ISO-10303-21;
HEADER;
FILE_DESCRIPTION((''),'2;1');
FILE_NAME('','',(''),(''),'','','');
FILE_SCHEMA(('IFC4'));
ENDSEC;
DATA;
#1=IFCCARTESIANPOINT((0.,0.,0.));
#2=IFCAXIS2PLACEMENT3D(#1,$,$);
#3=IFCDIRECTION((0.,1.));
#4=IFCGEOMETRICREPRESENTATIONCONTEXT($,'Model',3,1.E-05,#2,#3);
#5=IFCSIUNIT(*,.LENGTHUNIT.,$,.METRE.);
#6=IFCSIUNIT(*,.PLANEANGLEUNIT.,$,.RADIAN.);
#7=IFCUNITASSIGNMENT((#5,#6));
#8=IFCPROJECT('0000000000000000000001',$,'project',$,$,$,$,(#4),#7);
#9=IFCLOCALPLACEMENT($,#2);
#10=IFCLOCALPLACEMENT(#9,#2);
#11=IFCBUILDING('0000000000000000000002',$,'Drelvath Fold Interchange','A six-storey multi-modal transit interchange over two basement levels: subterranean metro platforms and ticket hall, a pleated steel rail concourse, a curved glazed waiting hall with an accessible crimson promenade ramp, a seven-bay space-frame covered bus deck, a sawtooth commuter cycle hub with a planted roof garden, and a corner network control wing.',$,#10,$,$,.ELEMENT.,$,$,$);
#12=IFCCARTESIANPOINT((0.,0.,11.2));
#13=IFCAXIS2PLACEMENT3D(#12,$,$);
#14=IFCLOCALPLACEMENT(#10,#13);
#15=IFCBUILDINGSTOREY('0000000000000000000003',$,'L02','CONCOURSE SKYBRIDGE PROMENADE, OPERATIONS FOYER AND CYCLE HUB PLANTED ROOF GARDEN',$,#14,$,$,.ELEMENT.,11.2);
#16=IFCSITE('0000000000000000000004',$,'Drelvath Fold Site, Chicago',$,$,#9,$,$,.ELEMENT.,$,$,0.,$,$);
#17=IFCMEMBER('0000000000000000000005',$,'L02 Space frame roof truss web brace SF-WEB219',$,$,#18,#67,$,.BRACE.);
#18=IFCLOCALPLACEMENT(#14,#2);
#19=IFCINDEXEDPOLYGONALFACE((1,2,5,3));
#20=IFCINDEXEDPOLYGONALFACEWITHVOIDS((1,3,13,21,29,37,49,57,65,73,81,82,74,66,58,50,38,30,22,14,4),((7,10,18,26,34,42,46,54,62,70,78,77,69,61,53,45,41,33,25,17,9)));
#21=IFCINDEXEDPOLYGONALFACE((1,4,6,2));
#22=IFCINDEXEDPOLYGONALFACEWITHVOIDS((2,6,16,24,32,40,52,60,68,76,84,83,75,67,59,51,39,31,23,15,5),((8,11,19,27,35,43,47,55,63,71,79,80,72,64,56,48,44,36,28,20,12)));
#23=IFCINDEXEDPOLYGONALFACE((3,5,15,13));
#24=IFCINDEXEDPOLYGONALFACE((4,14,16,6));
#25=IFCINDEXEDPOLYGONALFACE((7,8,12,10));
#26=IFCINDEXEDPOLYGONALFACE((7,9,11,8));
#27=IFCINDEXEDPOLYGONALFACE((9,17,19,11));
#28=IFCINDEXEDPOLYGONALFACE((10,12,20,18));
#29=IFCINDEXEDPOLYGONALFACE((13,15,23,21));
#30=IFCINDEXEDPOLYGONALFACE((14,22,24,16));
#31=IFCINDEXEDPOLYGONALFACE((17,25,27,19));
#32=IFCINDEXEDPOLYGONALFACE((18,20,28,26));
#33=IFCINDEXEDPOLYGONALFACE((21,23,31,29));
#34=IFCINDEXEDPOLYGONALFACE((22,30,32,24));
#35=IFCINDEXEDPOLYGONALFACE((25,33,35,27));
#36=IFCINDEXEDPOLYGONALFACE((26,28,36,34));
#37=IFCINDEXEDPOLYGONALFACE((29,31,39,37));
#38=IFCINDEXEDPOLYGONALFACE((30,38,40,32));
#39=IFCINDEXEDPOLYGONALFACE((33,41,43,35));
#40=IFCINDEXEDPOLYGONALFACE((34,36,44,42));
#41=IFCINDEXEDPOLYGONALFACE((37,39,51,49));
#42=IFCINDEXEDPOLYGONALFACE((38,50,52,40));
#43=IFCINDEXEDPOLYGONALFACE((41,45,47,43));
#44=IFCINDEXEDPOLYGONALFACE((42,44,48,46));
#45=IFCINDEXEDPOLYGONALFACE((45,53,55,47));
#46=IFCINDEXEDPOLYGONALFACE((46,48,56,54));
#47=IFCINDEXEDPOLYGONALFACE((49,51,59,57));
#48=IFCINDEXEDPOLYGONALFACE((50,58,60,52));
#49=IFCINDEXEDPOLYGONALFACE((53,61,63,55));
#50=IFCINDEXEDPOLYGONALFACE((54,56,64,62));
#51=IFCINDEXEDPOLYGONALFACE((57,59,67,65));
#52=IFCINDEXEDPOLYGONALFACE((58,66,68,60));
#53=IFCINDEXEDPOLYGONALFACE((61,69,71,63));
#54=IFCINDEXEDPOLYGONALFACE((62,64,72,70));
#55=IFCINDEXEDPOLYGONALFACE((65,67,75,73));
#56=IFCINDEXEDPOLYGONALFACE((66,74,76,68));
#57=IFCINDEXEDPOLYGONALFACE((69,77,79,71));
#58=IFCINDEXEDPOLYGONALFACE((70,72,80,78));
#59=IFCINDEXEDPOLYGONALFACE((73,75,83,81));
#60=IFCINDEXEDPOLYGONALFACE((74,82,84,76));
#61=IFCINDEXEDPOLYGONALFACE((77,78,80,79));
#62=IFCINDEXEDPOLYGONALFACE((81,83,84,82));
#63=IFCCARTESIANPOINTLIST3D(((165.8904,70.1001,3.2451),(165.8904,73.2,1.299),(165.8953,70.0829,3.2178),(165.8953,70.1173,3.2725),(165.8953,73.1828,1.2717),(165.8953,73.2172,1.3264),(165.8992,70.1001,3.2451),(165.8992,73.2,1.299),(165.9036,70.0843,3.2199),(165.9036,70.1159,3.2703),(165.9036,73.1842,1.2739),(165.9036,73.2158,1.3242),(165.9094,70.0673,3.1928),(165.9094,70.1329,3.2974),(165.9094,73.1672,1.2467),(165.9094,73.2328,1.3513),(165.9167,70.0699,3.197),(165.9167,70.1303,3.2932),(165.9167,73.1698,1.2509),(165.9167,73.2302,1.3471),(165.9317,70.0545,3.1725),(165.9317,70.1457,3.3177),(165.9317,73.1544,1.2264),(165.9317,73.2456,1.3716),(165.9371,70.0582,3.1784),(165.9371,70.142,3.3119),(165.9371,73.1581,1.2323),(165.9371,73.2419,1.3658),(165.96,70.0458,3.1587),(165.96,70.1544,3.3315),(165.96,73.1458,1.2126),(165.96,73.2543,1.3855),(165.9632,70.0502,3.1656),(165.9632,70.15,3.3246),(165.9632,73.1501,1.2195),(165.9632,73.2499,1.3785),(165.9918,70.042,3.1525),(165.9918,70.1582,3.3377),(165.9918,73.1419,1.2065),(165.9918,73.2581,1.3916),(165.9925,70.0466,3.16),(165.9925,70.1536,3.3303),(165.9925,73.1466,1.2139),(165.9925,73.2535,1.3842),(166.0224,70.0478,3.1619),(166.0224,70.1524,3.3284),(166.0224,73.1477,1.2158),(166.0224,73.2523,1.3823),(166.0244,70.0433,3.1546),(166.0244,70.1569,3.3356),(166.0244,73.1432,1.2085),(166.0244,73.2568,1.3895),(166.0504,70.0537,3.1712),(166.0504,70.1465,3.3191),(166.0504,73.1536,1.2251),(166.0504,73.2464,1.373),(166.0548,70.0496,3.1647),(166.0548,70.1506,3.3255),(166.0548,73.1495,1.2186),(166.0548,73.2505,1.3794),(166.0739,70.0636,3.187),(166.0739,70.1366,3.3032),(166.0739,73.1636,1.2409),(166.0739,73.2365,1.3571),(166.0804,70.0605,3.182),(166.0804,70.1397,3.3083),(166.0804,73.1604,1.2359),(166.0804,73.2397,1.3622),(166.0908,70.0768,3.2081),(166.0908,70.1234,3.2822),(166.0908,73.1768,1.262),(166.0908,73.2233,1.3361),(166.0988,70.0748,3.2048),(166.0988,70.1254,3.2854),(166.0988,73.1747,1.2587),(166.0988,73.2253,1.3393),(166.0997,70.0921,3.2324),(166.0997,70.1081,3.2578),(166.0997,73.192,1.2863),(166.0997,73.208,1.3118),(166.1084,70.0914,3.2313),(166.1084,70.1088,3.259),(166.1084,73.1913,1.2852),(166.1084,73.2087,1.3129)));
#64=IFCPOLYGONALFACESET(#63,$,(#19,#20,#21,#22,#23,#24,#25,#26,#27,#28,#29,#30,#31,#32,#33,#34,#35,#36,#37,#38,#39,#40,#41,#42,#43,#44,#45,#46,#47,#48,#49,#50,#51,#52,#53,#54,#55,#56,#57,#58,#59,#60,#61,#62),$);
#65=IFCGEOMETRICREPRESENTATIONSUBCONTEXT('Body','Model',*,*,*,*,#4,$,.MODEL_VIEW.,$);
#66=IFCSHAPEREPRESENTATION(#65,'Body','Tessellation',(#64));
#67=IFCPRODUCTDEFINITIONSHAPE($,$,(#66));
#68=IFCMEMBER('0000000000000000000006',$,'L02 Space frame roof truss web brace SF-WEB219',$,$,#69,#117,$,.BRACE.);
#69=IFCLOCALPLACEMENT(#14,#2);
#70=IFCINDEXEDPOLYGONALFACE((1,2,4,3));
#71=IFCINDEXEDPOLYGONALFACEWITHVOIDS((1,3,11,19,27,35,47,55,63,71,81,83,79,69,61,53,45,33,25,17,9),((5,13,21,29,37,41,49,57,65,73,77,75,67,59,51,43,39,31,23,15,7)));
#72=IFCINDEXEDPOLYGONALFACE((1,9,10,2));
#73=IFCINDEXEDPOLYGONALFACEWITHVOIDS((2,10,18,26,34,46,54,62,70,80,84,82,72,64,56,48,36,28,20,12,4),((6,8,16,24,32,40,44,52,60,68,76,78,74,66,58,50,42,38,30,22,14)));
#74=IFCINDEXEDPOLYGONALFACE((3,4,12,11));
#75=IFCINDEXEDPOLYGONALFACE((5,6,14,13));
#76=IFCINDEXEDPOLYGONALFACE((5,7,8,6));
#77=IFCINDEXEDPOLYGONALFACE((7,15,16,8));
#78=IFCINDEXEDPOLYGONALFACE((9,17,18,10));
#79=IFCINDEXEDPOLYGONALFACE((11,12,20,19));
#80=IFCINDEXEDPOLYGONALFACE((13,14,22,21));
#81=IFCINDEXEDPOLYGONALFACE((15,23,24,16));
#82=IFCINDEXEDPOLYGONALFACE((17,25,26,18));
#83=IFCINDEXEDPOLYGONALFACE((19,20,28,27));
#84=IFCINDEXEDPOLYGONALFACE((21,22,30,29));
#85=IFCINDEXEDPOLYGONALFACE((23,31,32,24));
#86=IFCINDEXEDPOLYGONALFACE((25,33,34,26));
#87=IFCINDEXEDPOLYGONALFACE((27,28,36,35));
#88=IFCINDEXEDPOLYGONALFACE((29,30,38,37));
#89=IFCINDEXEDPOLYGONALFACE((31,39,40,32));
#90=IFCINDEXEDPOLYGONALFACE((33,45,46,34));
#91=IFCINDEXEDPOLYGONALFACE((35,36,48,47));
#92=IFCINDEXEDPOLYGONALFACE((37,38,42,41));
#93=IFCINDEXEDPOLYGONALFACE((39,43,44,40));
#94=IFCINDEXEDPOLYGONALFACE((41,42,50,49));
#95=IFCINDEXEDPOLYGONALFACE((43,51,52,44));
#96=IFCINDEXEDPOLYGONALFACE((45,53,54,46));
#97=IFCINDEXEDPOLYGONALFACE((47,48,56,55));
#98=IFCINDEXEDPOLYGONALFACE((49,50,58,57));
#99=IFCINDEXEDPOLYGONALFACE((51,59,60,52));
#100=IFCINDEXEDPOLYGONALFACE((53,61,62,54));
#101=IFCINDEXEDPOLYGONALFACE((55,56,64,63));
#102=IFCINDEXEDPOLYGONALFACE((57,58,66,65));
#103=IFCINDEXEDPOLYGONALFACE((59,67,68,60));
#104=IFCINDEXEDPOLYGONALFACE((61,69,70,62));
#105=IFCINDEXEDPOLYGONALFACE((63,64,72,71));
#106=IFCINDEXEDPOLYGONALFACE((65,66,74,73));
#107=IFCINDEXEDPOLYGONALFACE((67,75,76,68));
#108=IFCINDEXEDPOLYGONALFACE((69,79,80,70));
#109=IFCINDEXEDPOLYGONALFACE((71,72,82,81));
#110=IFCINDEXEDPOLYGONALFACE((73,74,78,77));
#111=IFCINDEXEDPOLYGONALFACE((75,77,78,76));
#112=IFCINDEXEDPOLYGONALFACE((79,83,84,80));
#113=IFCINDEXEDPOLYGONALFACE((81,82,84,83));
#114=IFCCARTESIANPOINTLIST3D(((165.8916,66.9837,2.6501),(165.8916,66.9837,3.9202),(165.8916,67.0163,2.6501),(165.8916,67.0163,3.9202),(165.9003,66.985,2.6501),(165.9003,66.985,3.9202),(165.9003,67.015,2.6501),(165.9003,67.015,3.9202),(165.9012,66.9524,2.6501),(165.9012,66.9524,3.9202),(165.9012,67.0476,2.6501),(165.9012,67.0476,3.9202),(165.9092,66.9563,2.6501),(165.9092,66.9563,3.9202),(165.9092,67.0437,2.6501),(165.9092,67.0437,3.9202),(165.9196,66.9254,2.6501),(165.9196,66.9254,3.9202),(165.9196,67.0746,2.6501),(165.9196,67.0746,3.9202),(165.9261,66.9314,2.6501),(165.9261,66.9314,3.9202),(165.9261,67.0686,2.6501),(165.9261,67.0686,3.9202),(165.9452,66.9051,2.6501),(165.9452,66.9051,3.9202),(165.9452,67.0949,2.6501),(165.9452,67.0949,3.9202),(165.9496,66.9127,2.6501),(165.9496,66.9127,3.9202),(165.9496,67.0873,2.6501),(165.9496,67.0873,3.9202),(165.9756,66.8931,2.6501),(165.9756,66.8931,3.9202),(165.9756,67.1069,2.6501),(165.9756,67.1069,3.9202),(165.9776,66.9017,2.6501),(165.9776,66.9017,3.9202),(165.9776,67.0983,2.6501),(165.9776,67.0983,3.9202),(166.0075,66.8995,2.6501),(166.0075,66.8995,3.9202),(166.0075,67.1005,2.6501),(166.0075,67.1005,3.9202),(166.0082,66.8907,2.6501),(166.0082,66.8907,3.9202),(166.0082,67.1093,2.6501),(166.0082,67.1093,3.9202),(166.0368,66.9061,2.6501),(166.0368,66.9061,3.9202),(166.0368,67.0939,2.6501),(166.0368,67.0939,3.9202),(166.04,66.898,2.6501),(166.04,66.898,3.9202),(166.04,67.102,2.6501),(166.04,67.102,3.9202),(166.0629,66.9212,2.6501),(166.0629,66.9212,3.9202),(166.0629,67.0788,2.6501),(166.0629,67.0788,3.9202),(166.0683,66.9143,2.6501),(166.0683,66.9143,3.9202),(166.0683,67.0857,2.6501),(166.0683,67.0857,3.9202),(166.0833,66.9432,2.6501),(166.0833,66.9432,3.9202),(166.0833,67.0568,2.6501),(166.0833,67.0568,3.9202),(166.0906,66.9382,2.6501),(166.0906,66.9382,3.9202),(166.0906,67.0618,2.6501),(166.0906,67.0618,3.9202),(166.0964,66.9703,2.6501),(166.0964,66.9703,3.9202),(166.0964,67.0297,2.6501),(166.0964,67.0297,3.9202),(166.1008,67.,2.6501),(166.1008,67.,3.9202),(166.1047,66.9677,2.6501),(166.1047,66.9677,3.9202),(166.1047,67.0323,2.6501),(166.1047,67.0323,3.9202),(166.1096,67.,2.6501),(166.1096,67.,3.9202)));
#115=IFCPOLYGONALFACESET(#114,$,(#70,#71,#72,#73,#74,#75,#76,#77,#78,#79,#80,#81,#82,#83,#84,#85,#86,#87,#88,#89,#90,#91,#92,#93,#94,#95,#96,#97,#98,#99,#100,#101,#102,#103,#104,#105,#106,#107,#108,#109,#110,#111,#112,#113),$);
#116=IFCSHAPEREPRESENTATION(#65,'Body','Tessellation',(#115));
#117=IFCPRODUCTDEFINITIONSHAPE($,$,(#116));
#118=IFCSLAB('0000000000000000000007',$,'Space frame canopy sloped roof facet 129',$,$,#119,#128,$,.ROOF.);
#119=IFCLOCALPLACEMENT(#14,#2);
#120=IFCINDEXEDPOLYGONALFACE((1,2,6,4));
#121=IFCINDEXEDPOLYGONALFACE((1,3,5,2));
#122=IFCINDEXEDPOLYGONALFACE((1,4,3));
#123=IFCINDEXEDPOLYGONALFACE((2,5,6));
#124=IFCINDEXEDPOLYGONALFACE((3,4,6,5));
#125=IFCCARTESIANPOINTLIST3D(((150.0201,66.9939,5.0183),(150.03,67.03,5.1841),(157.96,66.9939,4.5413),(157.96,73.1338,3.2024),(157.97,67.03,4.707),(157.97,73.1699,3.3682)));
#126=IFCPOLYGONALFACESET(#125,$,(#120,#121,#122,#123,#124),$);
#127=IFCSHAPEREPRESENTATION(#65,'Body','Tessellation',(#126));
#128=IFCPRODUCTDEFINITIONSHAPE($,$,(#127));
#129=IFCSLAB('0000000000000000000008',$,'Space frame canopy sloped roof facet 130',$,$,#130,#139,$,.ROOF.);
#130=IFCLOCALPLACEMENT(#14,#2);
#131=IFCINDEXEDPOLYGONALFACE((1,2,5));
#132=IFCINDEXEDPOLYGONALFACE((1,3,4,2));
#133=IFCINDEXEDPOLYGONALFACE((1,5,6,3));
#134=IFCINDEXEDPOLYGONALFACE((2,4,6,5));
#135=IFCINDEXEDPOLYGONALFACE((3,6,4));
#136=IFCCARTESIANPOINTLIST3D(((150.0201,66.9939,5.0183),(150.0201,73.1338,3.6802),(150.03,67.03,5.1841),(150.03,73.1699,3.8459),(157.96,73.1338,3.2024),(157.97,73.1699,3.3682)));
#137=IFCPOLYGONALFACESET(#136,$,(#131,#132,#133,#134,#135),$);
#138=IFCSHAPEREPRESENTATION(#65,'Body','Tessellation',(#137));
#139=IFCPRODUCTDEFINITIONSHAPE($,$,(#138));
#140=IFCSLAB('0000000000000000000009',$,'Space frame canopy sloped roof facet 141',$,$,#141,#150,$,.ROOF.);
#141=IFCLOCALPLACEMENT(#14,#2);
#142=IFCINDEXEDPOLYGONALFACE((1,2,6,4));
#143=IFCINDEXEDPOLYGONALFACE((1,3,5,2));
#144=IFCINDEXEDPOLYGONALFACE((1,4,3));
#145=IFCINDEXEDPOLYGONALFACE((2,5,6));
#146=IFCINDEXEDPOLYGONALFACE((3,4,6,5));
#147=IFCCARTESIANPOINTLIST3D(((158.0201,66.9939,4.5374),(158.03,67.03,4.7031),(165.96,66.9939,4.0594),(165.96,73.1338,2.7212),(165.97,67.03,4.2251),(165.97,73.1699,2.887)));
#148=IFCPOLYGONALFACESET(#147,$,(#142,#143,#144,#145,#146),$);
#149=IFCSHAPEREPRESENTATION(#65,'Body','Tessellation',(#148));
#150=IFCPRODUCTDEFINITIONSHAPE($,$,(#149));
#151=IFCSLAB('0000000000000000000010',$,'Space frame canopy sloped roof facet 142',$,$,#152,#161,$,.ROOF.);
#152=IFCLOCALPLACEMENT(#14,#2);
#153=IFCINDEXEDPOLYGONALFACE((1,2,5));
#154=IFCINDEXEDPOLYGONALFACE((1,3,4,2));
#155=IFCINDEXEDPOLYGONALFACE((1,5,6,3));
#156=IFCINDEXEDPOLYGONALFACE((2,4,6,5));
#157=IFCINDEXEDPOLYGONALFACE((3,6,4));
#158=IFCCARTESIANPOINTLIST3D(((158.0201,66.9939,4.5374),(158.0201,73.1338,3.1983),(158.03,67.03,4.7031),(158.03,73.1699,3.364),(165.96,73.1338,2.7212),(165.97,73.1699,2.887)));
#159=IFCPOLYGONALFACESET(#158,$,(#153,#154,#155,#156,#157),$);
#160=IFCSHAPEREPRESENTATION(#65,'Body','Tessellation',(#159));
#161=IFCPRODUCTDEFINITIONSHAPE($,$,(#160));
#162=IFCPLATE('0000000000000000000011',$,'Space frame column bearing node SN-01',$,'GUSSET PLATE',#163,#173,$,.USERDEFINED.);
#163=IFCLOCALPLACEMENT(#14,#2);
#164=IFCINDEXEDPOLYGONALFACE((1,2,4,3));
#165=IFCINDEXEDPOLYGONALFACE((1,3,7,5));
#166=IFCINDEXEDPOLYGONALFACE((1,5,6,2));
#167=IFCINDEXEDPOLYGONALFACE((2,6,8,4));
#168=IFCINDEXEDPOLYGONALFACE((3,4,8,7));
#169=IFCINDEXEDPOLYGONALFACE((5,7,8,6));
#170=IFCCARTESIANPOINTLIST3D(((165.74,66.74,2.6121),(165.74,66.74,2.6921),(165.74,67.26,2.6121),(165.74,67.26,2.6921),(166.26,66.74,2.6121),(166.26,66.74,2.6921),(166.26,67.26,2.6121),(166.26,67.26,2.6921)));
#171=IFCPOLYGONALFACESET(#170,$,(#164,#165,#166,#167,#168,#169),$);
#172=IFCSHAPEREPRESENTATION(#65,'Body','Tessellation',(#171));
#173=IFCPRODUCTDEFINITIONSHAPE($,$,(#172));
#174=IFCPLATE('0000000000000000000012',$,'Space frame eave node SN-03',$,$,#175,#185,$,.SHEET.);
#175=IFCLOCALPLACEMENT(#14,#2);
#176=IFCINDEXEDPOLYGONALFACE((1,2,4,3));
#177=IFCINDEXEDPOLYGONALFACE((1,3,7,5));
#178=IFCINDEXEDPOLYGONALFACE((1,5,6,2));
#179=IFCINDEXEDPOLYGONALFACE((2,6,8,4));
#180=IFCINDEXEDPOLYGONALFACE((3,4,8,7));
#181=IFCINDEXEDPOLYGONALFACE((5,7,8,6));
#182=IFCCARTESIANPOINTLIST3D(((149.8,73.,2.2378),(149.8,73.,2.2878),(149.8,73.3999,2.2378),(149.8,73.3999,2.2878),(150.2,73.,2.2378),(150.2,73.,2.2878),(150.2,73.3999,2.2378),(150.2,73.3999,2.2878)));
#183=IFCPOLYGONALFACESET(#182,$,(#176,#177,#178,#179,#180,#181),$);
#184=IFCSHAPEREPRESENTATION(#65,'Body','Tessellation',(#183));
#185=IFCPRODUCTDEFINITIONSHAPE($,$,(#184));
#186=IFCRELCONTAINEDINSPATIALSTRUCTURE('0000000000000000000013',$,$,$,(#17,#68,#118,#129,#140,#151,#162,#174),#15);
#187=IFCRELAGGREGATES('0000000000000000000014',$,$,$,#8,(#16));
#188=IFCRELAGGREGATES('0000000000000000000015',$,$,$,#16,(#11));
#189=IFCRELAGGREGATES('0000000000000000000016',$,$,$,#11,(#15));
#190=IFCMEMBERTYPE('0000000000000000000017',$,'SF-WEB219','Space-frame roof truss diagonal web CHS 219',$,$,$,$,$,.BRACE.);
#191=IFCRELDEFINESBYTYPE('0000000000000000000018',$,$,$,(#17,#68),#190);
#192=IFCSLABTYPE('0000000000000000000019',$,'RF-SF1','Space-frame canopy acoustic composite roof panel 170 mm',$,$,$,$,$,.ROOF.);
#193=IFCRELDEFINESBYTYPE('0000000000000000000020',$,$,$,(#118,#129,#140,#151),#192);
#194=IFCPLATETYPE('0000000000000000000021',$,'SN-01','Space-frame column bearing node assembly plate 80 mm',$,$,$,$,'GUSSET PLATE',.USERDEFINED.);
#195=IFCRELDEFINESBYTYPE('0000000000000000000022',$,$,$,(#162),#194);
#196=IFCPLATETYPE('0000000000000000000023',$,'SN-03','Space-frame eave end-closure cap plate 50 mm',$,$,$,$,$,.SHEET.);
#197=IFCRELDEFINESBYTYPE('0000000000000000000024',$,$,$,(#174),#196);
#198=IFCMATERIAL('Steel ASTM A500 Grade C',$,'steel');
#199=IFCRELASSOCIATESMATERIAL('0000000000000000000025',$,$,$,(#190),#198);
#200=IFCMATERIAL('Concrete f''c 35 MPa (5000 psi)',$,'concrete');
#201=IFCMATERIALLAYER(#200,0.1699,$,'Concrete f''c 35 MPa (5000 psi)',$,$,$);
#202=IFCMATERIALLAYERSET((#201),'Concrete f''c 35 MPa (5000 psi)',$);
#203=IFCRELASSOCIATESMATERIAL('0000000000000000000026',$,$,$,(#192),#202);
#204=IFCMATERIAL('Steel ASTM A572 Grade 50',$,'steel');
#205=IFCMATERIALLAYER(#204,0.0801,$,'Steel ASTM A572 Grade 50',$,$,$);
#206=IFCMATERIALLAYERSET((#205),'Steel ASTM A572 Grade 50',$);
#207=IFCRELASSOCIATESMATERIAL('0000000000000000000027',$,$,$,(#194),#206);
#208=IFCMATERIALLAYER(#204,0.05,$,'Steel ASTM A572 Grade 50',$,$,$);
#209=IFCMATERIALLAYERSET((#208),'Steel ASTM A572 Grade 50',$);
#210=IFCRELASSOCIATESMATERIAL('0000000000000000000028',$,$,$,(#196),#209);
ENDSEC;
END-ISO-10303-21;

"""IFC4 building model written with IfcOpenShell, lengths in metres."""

from ifc_helpers import new_model, si_unit, direction, frame, origin, origin_2d, place, context, subcontext, project, spatial, polyline, rectangle, hollow_circle, outline, extrude, material, layer, layer_set, material_profile, profile_set, type_object, element, save


model = new_model("IFC4")

# Units and contexts
model_context = context("Model", 3, precision=1e-05, world=origin(), true_north=direction((0.0, 1.0)))
body_context = subcontext(model_context, "Body", "Model", "MODEL_VIEW")
ifc_project = project(units=[si_unit("LENGTHUNIT", "METRE"), si_unit("PLANEANGLEUNIT", "RADIAN")], contexts=[model_context])

# Site, building, storey
site_placement = place(None, origin())
site = spatial("IfcSite", under=ifc_project, at=site_placement, Name="Drelvath Fold Site, Chicago", CompositionType="ELEMENT", RefElevation=0.0)
building_placement = place(site_placement, origin())
building = spatial("IfcBuilding", under=site, at=building_placement, Name="Drelvath Fold Interchange", Description="A six-storey multi-modal transit interchange over two basement levels: subterranean metro platforms and ticket hall, a pleated steel rail concourse, a curved glazed waiting hall with an accessible crimson promenade ramp, a seven-bay space-frame covered bus deck, a sawtooth commuter cycle hub with a planted roof garden, and a corner network control wing.", CompositionType="ELEMENT")
storey_placement = place(building_placement, frame((0.0, 0.0, 11.2)))
storey = spatial("IfcBuildingStorey", under=building, at=storey_placement, Name="L02", Description="CONCOURSE SKYBRIDGE PROMENADE, OPERATIONS FOYER AND CYCLE HUB PLANTED ROOF GARDEN", CompositionType="ELEMENT", Elevation=11.2)

# Shared definitions
ifc_material_1 = material(Name="Steel ASTM A500 Grade C", Category="steel")

# Members
ifc_material_profile_1 = material_profile(ifc_material_1, hollow_circle(Radius=0.1096, WallThickness=0.0088, at=origin_2d()), Name="HSS8.625X0.375")
ifc_profile_set_1 = profile_set([ifc_material_profile_1], Name="Steel ASTM A500 Grade C")
member_type_1 = type_object("IfcMemberType", Name="SF-WEB219", Description="Space-frame roof truss diagonal web CHS 219", PredefinedType="BRACE", material=ifc_profile_set_1)
member_1_placement = place(storey_placement, frame((166.0, 70.1001, 3.2451), z_axis=(0.0, 0.846936, -0.531695), x_axis=(-1.0, 0.0, 0.0)))
element("IfcMember", 1, at=member_1_placement, inside=storey, type_object=member_type_1, Name="L02 Space frame roof truss web brace SF-WEB219", PredefinedType="BRACE", context=body_context, shape_type="SweptSolid", body=[
    extrude(hollow_circle(Radius=0.1096, WallThickness=0.0088, at=origin_2d()), origin(), (0.0, 0.0, 1.0), 3.6602),
])
member_2_placement = place(storey_placement, frame((166.0, 67.0, 2.6501), z_axis=(0.0, 0.0, 1.0), x_axis=(1.0, 0.0, 0.0)))
element("IfcMember", 2, at=member_2_placement, inside=storey, type_object=member_type_1, Name="L02 Space frame roof truss web brace SF-WEB219", PredefinedType="BRACE", context=body_context, shape_type="SweptSolid", body=[
    extrude(hollow_circle(Radius=0.1096, WallThickness=0.0088, at=origin_2d()), origin(), (0.0, 0.0, 1.0), 1.27),
])

# Slabs
ifc_material_2 = material(Name="Concrete f'c 35 MPa (5000 psi)", Category="concrete")
ifc_layer_1 = layer(ifc_material_2, 0.1699, Name="Concrete f'c 35 MPa (5000 psi)")
ifc_layer_set_1 = layer_set([ifc_layer_1], Name="Concrete f'c 35 MPa (5000 psi)")
slab_type = type_object("IfcSlabType", Name="RF-SF1", Description="Space-frame canopy acoustic composite roof panel 170 mm", PredefinedType="ROOF", material=ifc_layer_set_1)
slab_1_placement = place(storey_placement, frame((150.03, 67.03, 5.1841), z_axis=(0.058602, 0.212688, 0.975361), x_axis=(0.9982, 0.0, -0.059974)))
element("IfcSlab", 3, at=slab_1_placement, inside=storey, type_object=slab_type, Name="Space frame canopy sloped roof facet 129", PredefinedType="ROOF", context=body_context, shape_type="SweptSolid", body=[
    extrude(outline(polyline([(0.0, 0.0), (7.9543, 0.0), (8.0346, 6.2837), (0.0, 0.0)])), origin(), (0.0, 0.0, -1.0), 0.1699),
])
slab_2_placement = place(storey_placement, frame((150.03, 67.03, 5.1841), z_axis=(0.058693, 0.212575, 0.97538), x_axis=(0.778431, 0.601955, -0.178032)))
element("IfcSlab", 4, at=slab_2_placement, inside=storey, type_object=slab_type, Name="Space frame canopy sloped roof facet 130", PredefinedType="ROOF", context=body_context, shape_type="SweptSolid", body=[
    extrude(outline(polyline([(0.0, 0.0), (10.1999, 0.0), (3.9342, 4.9001), (0.0, 0.0)])), origin(), (0.0, 0.0, -1.0), 0.1699),
])
slab_3_placement = place(storey_placement, frame((158.03, 67.03, 4.7031), z_axis=(0.058723, 0.212575, 0.975379), x_axis=(0.998193, 0.0, -0.060097)))
element("IfcSlab", 5, at=slab_3_placement, inside=storey, type_object=slab_type, Name="Space frame canopy sloped roof facet 141", PredefinedType="ROOF", context=body_context, shape_type="SweptSolid", body=[
    extrude(outline(polyline([(0.0, 0.0), (7.9543, 0.0), (8.0347, 6.2835), (0.0, 0.0)])), origin(), (0.0, 0.0, -1.0), 0.1699),
])
slab_4_placement = place(storey_placement, frame((158.03, 67.03, 4.7031), z_axis=(0.058602, 0.212725, 0.975353), x_axis=(0.778428, 0.601952, -0.178056)))
element("IfcSlab", 6, at=slab_4_placement, inside=storey, type_object=slab_type, Name="Space frame canopy sloped roof facet 142", PredefinedType="ROOF", context=body_context, shape_type="SweptSolid", body=[
    extrude(outline(polyline([(0.0, 0.0), (10.2, 0.0), (3.9344, 4.9002), (0.0, 0.0)])), origin(), (0.0, 0.0, -1.0), 0.1699),
])

# Plates
ifc_material_3 = material(Name="Steel ASTM A572 Grade 50", Category="steel")
ifc_layer_2 = layer(ifc_material_3, 0.0801, Name="Steel ASTM A572 Grade 50")
ifc_layer_set_2 = layer_set([ifc_layer_2], Name="Steel ASTM A572 Grade 50")
plate_type_1 = type_object("IfcPlateType", Name="SN-01", Description="Space-frame column bearing node assembly plate 80 mm", ElementType="GUSSET PLATE", PredefinedType="USERDEFINED", material=ifc_layer_set_2)
plate_1_placement = place(storey_placement, frame((166.0, 67.0, 2.6121), z_axis=(0.0, 0.0, 1.0), x_axis=(1.0, 0.0, 0.0)))
element("IfcPlate", 7, at=plate_1_placement, inside=storey, type_object=plate_type_1, Name="Space frame column bearing node SN-01", ObjectType="GUSSET PLATE", PredefinedType="USERDEFINED", context=body_context, shape_type="SweptSolid", body=[
    extrude(rectangle(XDim=0.52, YDim=0.52, at=origin_2d()), origin(), (0.0, 0.0, 1.0), 0.0801),
])
ifc_layer_3 = layer(ifc_material_3, 0.05, Name="Steel ASTM A572 Grade 50")
ifc_layer_set_3 = layer_set([ifc_layer_3], Name="Steel ASTM A572 Grade 50")
plate_type_2 = type_object("IfcPlateType", Name="SN-03", Description="Space-frame eave end-closure cap plate 50 mm", PredefinedType="SHEET", material=ifc_layer_set_3)
plate_2_placement = place(storey_placement, frame((150.0, 73.2, 2.2378), z_axis=(0.0, 0.0, 1.0), x_axis=(1.0, 0.0, 0.0)))
element("IfcPlate", 8, at=plate_2_placement, inside=storey, type_object=plate_type_2, Name="Space frame eave node SN-03", PredefinedType="SHEET", context=body_context, shape_type="SweptSolid", body=[
    extrude(rectangle(XDim=0.3999, YDim=0.3999, at=origin_2d()), origin(), (0.0, 0.0, 1.0), 0.05),
])

save(model, "model.ifc")
